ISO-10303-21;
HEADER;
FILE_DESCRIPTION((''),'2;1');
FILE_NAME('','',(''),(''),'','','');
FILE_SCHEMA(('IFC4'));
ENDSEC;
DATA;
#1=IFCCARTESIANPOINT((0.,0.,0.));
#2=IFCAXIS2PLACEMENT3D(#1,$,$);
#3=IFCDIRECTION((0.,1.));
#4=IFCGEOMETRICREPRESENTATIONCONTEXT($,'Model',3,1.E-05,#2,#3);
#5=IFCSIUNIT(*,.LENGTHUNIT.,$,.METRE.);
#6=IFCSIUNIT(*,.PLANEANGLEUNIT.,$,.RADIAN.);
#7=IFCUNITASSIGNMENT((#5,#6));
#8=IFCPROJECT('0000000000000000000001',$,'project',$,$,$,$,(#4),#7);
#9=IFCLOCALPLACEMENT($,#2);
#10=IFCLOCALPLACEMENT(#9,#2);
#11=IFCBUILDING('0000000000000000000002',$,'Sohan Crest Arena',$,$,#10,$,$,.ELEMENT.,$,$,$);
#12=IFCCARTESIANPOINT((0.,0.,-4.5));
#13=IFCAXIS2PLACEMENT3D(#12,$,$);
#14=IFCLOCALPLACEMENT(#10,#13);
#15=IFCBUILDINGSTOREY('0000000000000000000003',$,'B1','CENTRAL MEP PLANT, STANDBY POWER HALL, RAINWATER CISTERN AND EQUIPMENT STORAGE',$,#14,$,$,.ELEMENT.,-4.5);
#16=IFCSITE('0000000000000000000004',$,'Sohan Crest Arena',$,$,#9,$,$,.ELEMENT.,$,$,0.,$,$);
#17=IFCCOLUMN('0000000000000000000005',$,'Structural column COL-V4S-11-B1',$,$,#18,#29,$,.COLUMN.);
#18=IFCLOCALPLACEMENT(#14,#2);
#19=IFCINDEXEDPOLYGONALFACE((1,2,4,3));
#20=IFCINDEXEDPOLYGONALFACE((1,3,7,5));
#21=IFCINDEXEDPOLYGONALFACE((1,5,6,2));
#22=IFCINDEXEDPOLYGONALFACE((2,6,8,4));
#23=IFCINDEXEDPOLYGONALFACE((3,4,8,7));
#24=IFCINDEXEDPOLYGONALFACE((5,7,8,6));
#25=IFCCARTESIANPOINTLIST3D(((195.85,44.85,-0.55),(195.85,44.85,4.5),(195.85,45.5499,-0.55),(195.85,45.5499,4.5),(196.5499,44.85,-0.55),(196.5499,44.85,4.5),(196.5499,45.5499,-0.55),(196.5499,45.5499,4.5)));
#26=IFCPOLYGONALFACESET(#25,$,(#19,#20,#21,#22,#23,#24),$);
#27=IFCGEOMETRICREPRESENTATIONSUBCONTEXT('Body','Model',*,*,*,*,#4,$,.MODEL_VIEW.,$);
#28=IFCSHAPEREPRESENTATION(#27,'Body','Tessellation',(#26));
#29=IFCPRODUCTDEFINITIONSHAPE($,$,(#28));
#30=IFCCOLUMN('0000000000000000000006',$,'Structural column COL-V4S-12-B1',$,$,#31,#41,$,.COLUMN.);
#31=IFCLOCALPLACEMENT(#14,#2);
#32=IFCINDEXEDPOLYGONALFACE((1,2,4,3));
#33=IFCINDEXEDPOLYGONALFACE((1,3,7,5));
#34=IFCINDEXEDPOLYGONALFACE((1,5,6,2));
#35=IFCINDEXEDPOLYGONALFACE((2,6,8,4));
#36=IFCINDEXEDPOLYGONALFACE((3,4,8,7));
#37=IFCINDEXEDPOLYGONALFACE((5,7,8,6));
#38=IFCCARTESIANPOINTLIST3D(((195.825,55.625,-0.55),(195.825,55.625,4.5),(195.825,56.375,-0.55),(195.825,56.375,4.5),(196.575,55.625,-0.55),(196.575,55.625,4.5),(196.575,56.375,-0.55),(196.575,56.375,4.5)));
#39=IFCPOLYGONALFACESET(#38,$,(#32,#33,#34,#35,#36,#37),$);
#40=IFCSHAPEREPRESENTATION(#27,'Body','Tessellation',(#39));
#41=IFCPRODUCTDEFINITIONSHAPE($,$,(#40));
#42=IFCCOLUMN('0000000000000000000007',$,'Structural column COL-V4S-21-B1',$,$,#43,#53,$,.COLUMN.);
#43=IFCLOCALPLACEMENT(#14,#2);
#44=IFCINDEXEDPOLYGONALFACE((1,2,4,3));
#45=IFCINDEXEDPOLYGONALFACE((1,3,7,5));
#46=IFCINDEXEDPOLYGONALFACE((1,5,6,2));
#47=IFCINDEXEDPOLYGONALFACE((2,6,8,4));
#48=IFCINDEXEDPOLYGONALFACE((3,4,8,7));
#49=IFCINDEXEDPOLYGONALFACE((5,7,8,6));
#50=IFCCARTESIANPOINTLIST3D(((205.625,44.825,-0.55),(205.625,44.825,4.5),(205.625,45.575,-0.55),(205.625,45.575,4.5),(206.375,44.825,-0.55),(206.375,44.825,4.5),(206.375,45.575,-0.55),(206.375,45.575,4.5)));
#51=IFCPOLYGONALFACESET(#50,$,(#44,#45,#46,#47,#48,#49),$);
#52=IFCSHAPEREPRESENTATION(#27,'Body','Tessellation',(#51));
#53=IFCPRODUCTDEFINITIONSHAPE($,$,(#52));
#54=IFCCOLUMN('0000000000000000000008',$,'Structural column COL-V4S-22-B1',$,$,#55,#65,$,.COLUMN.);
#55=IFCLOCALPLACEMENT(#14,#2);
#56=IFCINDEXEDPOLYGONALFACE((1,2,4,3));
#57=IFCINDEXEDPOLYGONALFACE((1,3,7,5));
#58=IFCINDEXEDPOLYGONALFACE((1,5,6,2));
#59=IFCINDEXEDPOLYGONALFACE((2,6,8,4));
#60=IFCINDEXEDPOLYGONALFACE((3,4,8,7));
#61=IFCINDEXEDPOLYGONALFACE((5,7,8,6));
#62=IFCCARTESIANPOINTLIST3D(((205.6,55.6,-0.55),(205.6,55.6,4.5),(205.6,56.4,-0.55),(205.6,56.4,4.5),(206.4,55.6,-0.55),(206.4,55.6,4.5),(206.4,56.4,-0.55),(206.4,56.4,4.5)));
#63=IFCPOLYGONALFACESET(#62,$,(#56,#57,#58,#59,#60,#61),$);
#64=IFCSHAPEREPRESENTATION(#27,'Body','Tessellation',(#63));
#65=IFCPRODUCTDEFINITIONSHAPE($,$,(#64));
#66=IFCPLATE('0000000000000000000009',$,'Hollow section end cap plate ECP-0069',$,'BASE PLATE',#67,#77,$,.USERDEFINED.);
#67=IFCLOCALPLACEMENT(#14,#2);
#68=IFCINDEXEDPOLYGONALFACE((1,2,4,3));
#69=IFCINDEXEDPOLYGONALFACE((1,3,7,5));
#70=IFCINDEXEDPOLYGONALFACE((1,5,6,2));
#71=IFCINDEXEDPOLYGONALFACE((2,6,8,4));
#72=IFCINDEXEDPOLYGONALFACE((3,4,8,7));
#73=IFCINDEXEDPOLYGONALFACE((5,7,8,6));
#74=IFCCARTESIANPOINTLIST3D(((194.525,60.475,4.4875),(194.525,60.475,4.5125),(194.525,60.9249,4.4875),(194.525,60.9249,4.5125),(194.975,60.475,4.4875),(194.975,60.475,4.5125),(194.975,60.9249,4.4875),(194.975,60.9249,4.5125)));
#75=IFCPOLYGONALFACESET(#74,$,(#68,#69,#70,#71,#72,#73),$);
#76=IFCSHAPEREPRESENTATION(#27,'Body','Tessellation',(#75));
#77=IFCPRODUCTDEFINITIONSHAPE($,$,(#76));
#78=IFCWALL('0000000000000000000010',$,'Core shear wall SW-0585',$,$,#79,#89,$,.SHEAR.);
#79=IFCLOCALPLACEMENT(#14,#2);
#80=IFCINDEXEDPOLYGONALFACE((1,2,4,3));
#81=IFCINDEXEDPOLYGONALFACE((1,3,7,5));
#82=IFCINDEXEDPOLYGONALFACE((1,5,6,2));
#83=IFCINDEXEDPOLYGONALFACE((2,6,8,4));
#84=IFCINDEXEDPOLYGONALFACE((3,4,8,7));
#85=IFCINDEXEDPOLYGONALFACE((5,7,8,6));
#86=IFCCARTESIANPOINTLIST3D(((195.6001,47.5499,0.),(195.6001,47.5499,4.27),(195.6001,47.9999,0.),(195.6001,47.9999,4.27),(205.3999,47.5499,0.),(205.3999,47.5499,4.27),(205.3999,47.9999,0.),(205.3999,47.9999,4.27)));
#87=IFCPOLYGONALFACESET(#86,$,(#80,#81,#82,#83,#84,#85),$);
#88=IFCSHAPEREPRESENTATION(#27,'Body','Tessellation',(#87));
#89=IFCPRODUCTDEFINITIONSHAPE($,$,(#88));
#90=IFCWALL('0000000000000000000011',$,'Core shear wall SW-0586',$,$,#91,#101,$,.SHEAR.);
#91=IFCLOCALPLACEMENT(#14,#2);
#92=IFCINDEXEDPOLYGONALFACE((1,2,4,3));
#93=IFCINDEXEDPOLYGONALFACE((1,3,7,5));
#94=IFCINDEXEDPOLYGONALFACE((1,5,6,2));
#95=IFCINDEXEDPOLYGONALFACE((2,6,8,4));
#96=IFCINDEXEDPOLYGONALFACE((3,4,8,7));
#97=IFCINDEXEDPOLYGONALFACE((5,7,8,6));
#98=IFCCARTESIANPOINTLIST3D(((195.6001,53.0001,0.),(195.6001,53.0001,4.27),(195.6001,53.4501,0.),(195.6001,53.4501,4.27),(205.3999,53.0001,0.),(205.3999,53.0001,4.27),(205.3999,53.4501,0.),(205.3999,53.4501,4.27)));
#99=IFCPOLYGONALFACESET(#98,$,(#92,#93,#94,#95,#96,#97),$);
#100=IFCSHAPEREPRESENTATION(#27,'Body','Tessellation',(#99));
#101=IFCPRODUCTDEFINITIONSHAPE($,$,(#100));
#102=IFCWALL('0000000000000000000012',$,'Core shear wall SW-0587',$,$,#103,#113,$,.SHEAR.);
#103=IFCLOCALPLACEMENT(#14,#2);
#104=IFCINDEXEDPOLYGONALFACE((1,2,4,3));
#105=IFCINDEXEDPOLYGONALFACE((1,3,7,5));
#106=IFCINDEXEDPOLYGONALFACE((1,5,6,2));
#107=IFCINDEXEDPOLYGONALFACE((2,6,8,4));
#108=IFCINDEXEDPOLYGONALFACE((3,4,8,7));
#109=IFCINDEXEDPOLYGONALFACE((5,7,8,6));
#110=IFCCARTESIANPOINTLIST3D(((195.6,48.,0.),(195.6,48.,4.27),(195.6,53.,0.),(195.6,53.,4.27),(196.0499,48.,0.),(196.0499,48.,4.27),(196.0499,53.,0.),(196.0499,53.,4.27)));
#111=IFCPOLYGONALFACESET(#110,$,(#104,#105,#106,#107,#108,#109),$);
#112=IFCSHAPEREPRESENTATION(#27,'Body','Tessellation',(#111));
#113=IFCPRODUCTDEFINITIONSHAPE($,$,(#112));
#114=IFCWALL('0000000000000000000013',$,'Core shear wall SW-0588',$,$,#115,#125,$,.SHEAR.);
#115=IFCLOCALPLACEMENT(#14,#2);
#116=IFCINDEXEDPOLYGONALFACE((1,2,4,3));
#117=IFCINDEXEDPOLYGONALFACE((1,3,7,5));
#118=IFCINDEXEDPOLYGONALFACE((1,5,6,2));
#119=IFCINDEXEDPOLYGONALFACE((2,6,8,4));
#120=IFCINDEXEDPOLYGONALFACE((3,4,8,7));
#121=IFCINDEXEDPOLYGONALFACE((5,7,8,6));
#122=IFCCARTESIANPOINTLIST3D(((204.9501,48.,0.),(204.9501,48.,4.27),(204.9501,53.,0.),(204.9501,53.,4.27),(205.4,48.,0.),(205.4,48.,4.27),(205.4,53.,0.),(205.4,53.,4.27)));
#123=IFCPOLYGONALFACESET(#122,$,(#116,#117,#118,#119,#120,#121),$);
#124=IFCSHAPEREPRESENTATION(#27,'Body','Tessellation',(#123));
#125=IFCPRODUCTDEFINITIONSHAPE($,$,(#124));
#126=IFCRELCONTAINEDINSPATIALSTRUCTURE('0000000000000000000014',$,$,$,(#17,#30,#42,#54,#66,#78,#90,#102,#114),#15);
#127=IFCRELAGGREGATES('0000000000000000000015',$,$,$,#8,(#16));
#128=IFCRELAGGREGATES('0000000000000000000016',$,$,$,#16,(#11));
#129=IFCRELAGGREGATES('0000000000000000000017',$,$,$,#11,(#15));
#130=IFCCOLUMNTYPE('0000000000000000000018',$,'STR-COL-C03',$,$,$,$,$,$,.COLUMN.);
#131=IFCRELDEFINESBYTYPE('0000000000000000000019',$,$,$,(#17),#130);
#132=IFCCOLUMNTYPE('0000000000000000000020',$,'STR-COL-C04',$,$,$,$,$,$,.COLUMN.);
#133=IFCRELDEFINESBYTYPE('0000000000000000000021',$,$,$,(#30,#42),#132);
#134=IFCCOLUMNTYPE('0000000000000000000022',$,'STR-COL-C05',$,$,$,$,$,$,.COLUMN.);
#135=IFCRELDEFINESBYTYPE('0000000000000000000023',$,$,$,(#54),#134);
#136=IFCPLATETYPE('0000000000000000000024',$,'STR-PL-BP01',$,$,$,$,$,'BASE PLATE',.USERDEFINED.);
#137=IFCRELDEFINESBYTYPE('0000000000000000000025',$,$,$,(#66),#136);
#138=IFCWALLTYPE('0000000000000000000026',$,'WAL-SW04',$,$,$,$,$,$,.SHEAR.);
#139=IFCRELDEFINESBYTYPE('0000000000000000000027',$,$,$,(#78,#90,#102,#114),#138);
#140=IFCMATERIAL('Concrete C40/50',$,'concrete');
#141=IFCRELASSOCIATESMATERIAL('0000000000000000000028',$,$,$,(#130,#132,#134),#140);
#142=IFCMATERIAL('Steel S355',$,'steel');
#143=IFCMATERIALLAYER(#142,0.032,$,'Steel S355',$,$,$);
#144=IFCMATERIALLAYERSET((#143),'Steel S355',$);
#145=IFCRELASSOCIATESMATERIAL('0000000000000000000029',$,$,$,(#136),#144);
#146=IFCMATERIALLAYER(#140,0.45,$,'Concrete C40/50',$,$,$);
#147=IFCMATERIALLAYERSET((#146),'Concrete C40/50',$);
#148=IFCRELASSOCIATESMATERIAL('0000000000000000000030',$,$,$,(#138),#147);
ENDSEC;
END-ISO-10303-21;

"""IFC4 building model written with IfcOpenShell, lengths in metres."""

from ifc_helpers import new_model, si_unit, direction, frame, frame_2d, origin, origin_2d, place, context, subcontext, project, spatial, rectangle, extrude, material, layer, layer_set, material_profile, profile_set, type_object, element, save


model = new_model("IFC4")

# Units and contexts
model_context = context("Model", 3, precision=1e-05, world=origin(), true_north=direction((0.0, 1.0)))
body_context = subcontext(model_context, "Body", "Model", "MODEL_VIEW")
ifc_project = project(units=[si_unit("LENGTHUNIT", "METRE"), si_unit("PLANEANGLEUNIT", "RADIAN")], contexts=[model_context])

# Site, building, storey
site_placement = place(None, origin())
site = spatial("IfcSite", under=ifc_project, at=site_placement, Name="Sohan Crest Arena", CompositionType="ELEMENT", RefElevation=0.0)
building_placement = place(site_placement, origin())
building = spatial("IfcBuilding", under=site, at=building_placement, Name="Sohan Crest Arena", CompositionType="ELEMENT")
storey_placement = place(building_placement, frame((0.0, 0.0, -4.5)))
storey = spatial("IfcBuildingStorey", under=building, at=storey_placement, Name="B1", Description="CENTRAL MEP PLANT, STANDBY POWER HALL, RAINWATER CISTERN AND EQUIPMENT STORAGE", CompositionType="ELEMENT", Elevation=-4.5)

# Shared definitions
ifc_material_1 = material(Name="Concrete C40/50", Category="concrete")

# Columns
ifc_material_profile_1 = material_profile(ifc_material_1, rectangle(XDim=0.7, YDim=0.7, at=origin_2d()), Name="RC 700x700")
ifc_profile_set_1 = profile_set([ifc_material_profile_1], Name="Concrete C40/50")
column_type_1 = type_object("IfcColumnType", Name="STR-COL-C03", PredefinedType="COLUMN", material=ifc_profile_set_1)
column_1_placement = place(storey_placement, frame((196.2, 45.2, -0.55), z_axis=(0.0, 0.0, 1.0), x_axis=(1.0, 0.0, 0.0)))
element("IfcColumn", 1, at=column_1_placement, inside=storey, type_object=column_type_1, Name="Structural column COL-V4S-11-B1", PredefinedType="COLUMN", context=body_context, shape_type="SweptSolid", body=[
    extrude(rectangle(XDim=0.7, YDim=0.7, at=origin_2d()), origin(), (0.0, 0.0, 1.0), 5.05),
])
ifc_material_profile_2 = material_profile(ifc_material_1, rectangle(XDim=0.75, YDim=0.75, at=origin_2d()), Name="RC 750x750")
ifc_profile_set_2 = profile_set([ifc_material_profile_2], Name="Concrete C40/50")
column_type_2 = type_object("IfcColumnType", Name="STR-COL-C04", PredefinedType="COLUMN", material=ifc_profile_set_2)
for number, where, z_axis, x_axis, name in (
    (2, (196.2, 56.0, -0.55), (0.0, 0.0, 1.0), (1.0, 0.0, 0.0), "Structural column COL-V4S-12-B1"),
    (3, (206.0, 45.2, -0.55), (0.0, 0.0, 1.0), (1.0, 0.0, 0.0), "Structural column COL-V4S-21-B1"),
):
    element("IfcColumn", number, at=place(storey_placement, frame(where, z_axis=z_axis, x_axis=x_axis)), inside=storey, type_object=column_type_2, Name=name, PredefinedType="COLUMN", context=body_context, shape_type="SweptSolid", body=[
        extrude(rectangle(XDim=0.75, YDim=0.75, at=origin_2d()), origin(), (0.0, 0.0, 1.0), 5.05),
    ])
ifc_material_profile_3 = material_profile(ifc_material_1, rectangle(XDim=0.8, YDim=0.8, at=origin_2d()), Name="RC 800x800")
ifc_profile_set_3 = profile_set([ifc_material_profile_3], Name="Concrete C40/50")
column_type_3 = type_object("IfcColumnType", Name="STR-COL-C05", PredefinedType="COLUMN", material=ifc_profile_set_3)
column_2_placement = place(storey_placement, frame((206.0, 56.0, -0.55), z_axis=(0.0, 0.0, 1.0), x_axis=(1.0, 0.0, 0.0)))
element("IfcColumn", 4, at=column_2_placement, inside=storey, type_object=column_type_3, Name="Structural column COL-V4S-22-B1", PredefinedType="COLUMN", context=body_context, shape_type="SweptSolid", body=[
    extrude(rectangle(XDim=0.8, YDim=0.8, at=origin_2d()), origin(), (0.0, 0.0, 1.0), 5.05),
])

# Plate
ifc_material_2 = material(Name="Steel S355", Category="steel")
ifc_layer_1 = layer(ifc_material_2, 0.032, Name="Steel S355")
ifc_layer_set_1 = layer_set([ifc_layer_1], Name="Steel S355")
plate_type = type_object("IfcPlateType", Name="STR-PL-BP01", ElementType="BASE PLATE", PredefinedType="USERDEFINED", material=ifc_layer_set_1)
plate_placement = place(storey_placement, frame((194.75, 60.7, 4.4875), z_axis=(0.0, 0.0, 1.0), x_axis=(1.0, 0.0, 0.0)))
element("IfcPlate", 5, at=plate_placement, inside=storey, type_object=plate_type, Name="Hollow section end cap plate ECP-0069", ObjectType="BASE PLATE", PredefinedType="USERDEFINED", context=body_context, shape_type="SweptSolid", body=[
    extrude(rectangle(XDim=0.45, YDim=0.45, at=origin_2d()), origin(), (0.0, 0.0, 1.0), 0.0249),
])

# Walls
ifc_layer_2 = layer(ifc_material_1, 0.45, Name="Concrete C40/50")
ifc_layer_set_2 = layer_set([ifc_layer_2], Name="Concrete C40/50")
wall_type = type_object("IfcWallType", Name="WAL-SW04", PredefinedType="SHEAR", material=ifc_layer_set_2)
for number, where, z_axis, x_axis, name in (
    (6, (195.6001, 47.7749, 0.0), (0.0, 0.0, 1.0), (1.0, 0.0, 0.0), "Core shear wall SW-0585"),
    (7, (195.6001, 53.2251, 0.0), (0.0, 0.0, 1.0), (1.0, 0.0, 0.0), "Core shear wall SW-0586"),
):
    element("IfcWall", number, at=place(storey_placement, frame(where, z_axis=z_axis, x_axis=x_axis)), inside=storey, type_object=wall_type, Name=name, PredefinedType="SHEAR", context=body_context, shape_type="SweptSolid", body=[
        extrude(rectangle(XDim=9.7998, YDim=0.45, at=frame_2d((4.8999, 0.0))), origin(), (0.0, 0.0, 1.0), 4.27),
    ])
for number, where, z_axis, x_axis, name in (
    (8, (195.825, 48.0, 0.0), (0.0, 0.0, 1.0), (0.0, 1.0, 0.0), "Core shear wall SW-0587"),
    (9, (205.175, 48.0, 0.0), (0.0, 0.0, 1.0), (0.0, 1.0, 0.0), "Core shear wall SW-0588"),
):
    element("IfcWall", number, at=place(storey_placement, frame(where, z_axis=z_axis, x_axis=x_axis)), inside=storey, type_object=wall_type, Name=name, PredefinedType="SHEAR", context=body_context, shape_type="SweptSolid", body=[
        extrude(rectangle(XDim=5.0, YDim=0.45, at=frame_2d((2.5, 0.0))), origin(), (0.0, 0.0, 1.0), 4.27),
    ])

save(model, "model.ifc")
